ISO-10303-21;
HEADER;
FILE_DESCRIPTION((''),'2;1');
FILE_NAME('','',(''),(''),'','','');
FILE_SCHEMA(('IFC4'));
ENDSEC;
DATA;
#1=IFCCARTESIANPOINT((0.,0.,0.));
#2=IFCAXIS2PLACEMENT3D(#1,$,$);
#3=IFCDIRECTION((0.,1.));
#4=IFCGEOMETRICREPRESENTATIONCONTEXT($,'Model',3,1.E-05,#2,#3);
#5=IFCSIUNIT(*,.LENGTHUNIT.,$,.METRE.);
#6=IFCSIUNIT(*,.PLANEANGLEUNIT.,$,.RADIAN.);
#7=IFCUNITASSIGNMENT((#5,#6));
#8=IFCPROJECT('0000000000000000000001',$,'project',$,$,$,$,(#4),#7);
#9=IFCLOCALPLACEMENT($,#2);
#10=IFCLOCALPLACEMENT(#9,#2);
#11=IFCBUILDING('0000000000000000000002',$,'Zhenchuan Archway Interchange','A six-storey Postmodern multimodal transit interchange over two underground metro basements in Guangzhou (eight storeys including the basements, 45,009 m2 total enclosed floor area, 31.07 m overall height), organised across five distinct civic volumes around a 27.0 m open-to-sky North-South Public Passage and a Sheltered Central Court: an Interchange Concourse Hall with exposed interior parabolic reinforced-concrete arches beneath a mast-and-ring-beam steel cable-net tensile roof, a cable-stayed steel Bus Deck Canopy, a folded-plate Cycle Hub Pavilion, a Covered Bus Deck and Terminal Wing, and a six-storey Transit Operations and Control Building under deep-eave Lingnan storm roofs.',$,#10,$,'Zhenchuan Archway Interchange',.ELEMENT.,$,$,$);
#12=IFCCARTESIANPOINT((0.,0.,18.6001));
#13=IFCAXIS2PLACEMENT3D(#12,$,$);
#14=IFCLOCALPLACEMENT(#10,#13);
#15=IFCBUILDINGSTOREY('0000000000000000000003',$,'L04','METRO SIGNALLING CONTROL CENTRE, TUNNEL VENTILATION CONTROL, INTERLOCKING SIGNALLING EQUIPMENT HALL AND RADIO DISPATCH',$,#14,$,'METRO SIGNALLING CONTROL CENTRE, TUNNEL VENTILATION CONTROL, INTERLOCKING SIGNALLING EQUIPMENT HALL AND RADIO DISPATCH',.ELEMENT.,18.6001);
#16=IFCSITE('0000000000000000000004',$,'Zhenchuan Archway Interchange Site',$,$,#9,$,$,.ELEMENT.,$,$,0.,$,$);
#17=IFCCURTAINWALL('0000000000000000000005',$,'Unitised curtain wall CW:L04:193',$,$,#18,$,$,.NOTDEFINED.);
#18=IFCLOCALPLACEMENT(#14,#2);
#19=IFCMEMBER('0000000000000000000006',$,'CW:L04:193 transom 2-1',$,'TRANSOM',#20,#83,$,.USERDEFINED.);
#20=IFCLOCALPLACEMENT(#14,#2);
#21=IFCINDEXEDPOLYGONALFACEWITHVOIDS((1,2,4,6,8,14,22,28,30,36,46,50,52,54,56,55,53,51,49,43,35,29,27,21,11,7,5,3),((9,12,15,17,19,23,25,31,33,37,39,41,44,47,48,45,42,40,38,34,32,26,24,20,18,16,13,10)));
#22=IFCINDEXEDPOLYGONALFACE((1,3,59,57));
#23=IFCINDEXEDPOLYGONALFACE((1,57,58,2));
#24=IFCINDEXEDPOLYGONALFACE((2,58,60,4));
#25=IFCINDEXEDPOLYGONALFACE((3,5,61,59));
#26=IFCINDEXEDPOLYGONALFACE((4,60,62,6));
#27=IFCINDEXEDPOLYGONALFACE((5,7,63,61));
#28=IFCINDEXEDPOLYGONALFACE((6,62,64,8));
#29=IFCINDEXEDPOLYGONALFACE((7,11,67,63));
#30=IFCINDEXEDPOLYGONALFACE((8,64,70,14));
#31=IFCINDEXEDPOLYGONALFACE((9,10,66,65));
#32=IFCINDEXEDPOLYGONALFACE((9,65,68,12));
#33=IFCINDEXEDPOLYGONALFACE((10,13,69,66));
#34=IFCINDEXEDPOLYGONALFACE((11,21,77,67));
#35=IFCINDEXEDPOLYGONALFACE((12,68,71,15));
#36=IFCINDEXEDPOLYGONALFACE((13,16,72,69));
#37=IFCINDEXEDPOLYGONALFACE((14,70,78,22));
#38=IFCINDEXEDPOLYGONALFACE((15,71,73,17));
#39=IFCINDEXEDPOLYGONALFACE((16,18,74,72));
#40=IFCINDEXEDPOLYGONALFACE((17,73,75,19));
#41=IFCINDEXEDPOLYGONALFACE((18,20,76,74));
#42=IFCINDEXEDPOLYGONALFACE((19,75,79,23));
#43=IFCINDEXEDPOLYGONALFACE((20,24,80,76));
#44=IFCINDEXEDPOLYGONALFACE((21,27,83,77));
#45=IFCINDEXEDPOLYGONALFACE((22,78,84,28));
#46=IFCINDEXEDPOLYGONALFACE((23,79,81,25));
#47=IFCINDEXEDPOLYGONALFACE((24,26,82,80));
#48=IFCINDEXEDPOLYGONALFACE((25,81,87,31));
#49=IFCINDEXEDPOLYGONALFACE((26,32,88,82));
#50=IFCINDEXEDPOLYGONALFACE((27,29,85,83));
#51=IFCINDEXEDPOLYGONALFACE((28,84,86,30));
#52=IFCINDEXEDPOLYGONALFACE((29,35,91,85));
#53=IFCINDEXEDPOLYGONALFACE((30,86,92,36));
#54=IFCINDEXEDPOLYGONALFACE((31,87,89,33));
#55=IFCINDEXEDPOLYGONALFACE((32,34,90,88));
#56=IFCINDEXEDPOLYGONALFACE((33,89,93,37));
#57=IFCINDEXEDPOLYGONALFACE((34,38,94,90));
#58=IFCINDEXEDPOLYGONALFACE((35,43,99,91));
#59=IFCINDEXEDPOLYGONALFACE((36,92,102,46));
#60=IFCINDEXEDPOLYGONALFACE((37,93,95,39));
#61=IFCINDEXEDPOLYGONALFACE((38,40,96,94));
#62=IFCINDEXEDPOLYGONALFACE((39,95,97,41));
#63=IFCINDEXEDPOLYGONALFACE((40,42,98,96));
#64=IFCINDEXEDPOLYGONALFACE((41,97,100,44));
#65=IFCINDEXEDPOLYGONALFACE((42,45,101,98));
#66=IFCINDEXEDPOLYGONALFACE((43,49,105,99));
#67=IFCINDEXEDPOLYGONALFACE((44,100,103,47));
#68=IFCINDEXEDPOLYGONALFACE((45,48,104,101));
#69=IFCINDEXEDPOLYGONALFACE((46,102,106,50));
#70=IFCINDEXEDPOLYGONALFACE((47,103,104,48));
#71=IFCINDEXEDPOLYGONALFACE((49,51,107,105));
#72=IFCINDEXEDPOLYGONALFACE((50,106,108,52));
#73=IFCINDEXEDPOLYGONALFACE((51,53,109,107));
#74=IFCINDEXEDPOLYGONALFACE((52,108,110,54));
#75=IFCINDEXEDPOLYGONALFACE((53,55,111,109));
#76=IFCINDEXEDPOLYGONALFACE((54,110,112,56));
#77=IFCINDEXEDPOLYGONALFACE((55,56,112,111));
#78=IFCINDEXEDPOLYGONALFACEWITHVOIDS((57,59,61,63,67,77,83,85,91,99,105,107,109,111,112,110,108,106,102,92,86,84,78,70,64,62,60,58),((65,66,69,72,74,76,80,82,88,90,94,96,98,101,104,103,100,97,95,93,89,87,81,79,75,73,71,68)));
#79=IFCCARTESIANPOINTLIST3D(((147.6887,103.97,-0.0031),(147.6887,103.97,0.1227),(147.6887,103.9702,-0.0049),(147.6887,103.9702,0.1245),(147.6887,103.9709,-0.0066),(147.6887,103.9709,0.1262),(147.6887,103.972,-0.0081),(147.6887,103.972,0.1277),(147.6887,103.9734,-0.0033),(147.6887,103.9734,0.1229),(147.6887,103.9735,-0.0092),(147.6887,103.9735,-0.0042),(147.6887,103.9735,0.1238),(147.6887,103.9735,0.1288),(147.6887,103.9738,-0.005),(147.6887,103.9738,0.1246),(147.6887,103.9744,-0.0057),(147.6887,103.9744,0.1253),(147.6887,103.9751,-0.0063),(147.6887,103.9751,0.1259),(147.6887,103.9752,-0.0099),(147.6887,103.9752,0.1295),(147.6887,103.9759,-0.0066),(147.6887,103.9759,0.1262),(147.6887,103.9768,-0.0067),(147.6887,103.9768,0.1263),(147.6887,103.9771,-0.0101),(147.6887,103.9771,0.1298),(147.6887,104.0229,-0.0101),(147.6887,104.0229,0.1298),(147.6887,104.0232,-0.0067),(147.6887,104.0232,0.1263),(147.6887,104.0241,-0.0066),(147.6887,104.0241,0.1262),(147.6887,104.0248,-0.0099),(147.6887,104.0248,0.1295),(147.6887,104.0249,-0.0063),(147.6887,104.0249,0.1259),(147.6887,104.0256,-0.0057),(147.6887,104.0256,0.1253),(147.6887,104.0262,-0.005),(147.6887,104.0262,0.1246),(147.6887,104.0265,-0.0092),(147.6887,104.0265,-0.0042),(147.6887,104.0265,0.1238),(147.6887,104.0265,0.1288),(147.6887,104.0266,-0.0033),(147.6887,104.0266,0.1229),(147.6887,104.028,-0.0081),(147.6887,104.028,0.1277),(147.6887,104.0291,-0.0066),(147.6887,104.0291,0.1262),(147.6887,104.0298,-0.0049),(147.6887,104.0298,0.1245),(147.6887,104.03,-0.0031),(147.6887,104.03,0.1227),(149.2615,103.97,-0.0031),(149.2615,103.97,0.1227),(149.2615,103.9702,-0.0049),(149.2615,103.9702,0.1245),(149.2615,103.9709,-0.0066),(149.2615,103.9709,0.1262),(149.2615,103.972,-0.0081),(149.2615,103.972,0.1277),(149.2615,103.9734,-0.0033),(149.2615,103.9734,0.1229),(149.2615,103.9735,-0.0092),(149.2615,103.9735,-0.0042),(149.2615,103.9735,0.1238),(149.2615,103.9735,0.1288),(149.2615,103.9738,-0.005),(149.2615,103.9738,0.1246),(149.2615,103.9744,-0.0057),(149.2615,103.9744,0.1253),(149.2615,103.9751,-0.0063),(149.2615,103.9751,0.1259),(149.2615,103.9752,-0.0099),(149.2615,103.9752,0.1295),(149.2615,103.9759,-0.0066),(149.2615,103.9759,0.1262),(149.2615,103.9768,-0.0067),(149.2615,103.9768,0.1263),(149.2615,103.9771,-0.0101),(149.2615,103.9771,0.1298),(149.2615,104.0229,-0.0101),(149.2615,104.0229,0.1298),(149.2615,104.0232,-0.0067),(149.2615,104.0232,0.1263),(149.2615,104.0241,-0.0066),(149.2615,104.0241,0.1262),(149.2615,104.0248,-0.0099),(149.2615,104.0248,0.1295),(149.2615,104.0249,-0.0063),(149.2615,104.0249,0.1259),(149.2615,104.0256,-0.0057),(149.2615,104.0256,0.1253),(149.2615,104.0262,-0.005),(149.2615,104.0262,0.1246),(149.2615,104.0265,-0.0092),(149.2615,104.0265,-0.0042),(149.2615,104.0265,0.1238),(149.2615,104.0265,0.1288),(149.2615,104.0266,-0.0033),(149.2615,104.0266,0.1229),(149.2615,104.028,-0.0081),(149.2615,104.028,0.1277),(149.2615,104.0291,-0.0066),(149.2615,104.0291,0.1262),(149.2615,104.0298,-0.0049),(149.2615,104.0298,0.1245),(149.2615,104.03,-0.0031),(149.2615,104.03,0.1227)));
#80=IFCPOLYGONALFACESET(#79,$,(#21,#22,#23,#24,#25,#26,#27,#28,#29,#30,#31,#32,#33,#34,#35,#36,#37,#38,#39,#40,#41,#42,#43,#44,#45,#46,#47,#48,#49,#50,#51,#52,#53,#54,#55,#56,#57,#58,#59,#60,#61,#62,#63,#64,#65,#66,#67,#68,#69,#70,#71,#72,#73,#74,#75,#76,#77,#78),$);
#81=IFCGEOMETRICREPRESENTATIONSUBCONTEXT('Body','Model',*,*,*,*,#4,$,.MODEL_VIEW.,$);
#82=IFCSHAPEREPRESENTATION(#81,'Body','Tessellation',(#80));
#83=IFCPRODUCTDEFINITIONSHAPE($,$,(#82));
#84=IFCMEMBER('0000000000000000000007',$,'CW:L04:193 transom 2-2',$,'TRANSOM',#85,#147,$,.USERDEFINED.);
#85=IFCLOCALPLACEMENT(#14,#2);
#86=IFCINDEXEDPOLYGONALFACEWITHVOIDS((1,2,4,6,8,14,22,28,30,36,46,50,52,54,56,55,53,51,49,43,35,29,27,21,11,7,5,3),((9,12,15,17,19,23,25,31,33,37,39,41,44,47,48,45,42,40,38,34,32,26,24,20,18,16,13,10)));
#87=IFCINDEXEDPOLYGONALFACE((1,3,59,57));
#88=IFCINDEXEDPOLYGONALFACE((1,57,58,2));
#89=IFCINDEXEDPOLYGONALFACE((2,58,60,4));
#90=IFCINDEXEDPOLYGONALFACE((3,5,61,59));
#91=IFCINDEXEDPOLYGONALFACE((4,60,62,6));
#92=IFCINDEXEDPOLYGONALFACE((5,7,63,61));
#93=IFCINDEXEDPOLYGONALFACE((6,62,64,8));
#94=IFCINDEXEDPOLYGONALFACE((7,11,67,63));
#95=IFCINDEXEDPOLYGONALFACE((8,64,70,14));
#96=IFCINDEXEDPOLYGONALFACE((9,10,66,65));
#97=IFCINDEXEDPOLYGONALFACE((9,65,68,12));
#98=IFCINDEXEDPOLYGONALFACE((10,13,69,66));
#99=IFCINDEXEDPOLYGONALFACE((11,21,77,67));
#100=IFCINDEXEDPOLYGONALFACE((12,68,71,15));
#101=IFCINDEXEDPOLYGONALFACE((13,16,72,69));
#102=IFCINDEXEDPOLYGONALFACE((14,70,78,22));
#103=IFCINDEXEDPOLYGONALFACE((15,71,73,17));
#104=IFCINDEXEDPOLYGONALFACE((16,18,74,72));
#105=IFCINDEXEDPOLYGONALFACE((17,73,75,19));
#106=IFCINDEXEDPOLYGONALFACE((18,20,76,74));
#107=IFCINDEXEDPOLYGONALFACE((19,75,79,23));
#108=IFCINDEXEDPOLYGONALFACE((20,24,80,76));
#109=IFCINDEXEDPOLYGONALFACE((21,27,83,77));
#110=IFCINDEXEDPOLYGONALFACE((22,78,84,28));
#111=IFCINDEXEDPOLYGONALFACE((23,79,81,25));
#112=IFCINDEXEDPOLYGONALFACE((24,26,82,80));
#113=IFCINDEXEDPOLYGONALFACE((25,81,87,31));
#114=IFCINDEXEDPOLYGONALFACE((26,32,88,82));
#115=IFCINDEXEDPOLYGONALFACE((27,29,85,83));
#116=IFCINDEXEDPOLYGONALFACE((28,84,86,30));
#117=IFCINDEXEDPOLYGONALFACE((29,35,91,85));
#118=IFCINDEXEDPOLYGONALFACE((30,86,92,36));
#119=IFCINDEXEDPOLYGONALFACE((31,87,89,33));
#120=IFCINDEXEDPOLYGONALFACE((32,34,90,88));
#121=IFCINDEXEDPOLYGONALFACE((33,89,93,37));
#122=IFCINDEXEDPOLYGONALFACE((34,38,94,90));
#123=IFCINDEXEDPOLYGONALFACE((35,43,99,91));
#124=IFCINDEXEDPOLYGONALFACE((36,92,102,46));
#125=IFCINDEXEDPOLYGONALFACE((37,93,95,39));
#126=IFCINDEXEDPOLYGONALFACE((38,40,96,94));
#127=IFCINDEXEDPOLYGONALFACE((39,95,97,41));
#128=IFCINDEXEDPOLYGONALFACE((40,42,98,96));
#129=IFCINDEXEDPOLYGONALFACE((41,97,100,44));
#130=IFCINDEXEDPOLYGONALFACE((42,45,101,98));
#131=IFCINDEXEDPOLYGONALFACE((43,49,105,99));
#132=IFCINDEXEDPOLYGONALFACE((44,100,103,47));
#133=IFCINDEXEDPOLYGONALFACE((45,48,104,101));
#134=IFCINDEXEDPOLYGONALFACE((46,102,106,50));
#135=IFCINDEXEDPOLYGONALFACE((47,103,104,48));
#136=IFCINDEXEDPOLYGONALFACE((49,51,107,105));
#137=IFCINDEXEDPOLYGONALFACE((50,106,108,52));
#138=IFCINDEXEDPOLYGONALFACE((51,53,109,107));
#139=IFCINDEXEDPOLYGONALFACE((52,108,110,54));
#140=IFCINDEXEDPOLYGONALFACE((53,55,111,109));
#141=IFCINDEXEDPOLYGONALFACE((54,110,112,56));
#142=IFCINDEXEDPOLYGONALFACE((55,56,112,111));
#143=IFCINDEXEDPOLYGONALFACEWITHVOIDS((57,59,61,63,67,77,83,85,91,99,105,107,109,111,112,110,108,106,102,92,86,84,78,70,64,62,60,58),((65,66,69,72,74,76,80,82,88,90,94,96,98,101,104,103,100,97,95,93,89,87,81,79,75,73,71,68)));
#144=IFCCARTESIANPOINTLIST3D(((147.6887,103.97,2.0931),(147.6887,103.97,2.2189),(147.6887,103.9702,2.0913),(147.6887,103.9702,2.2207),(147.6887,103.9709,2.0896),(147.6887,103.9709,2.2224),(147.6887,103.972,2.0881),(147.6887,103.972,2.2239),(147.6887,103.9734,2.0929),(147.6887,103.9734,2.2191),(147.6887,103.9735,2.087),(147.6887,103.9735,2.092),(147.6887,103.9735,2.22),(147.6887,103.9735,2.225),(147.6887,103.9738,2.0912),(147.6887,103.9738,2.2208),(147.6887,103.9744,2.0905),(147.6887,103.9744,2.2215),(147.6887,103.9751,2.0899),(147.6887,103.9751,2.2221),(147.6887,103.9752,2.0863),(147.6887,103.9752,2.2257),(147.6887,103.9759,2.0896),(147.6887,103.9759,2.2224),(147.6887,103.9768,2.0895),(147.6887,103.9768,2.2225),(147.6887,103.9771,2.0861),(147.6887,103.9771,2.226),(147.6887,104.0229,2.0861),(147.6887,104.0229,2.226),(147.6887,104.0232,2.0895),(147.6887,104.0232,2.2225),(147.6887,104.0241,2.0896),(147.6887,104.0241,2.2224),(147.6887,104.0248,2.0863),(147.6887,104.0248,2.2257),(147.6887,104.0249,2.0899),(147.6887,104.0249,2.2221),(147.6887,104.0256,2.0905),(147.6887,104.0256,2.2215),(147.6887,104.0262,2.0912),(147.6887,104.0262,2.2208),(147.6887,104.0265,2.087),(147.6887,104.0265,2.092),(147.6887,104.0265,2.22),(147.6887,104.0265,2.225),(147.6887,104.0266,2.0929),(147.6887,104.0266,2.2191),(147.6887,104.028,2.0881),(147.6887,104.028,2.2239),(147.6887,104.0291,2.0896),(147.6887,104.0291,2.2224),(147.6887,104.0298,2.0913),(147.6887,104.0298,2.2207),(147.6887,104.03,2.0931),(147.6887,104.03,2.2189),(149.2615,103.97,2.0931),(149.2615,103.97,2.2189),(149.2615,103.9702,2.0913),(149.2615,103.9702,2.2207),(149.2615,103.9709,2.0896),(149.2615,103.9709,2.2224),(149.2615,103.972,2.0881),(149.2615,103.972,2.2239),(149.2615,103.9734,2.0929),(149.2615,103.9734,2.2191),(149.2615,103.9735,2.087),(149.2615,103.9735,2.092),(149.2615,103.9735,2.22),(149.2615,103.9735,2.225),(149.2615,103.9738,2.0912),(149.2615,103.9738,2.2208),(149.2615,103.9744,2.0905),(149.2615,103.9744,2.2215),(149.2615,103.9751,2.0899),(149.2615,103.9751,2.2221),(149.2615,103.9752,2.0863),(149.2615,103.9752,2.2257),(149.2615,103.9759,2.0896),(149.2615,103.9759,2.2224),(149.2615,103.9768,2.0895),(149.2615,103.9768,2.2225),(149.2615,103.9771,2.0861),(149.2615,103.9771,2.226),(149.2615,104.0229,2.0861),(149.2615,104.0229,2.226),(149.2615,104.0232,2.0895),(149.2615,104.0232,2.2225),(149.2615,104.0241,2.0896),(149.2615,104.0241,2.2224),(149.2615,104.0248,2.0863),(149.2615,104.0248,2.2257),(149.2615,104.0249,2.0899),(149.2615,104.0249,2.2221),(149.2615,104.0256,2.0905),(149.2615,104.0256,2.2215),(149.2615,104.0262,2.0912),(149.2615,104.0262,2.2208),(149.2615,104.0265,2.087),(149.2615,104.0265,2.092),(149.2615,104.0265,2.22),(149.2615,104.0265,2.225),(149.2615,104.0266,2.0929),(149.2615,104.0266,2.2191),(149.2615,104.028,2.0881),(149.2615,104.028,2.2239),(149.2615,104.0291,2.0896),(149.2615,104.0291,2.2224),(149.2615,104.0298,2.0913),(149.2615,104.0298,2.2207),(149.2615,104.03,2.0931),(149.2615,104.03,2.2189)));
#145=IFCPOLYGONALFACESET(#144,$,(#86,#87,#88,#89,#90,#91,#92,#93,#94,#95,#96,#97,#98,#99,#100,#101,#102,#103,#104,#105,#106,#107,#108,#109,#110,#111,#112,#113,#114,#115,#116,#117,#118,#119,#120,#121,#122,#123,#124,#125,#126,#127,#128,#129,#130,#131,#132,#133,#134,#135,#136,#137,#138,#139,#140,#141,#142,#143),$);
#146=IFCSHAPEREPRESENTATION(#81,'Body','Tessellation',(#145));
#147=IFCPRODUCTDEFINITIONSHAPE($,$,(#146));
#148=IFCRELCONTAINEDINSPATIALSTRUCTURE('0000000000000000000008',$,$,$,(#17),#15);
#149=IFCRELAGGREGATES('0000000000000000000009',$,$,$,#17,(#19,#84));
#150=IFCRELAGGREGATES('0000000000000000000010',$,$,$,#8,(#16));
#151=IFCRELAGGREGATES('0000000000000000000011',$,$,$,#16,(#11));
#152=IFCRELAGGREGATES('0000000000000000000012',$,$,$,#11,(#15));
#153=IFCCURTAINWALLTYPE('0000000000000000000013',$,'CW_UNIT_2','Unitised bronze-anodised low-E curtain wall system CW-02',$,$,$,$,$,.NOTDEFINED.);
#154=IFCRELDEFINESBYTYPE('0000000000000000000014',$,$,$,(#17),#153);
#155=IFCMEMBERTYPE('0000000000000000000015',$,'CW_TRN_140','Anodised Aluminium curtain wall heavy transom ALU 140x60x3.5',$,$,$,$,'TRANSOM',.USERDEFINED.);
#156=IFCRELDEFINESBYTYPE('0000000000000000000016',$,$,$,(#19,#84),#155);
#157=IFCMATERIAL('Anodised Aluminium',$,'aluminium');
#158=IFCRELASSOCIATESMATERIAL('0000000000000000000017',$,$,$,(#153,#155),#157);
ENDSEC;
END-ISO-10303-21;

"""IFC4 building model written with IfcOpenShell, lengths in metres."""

from ifc_helpers import new_model, si_unit, direction, frame, origin, origin_2d, place, context, subcontext, project, spatial, hollow_rectangle, extrude, material, material_profile, profile_set, type_object, element, aggregate, save


model = new_model("IFC4")

# Units and contexts
model_context = context("Model", 3, precision=1e-05, world=origin(), true_north=direction((0.0, 1.0)))
body_context = subcontext(model_context, "Body", "Model", "MODEL_VIEW")
ifc_project = project(units=[si_unit("LENGTHUNIT", "METRE"), si_unit("PLANEANGLEUNIT", "RADIAN")], contexts=[model_context])

# Site, building, storey
site_placement = place(None, origin())
site = spatial("IfcSite", under=ifc_project, at=site_placement, Name="Zhenchuan Archway Interchange Site", CompositionType="ELEMENT", RefElevation=0.0)
building_placement = place(site_placement, origin())
building = spatial("IfcBuilding", under=site, at=building_placement, Name="Zhenchuan Archway Interchange", Description="A six-storey Postmodern multimodal transit interchange over two underground metro basements in Guangzhou (eight storeys including the basements, 45,009 m2 total enclosed floor area, 31.07 m overall height), organised across five distinct civic volumes around a 27.0 m open-to-sky North-South Public Passage and a Sheltered Central Court: an Interchange Concourse Hall with exposed interior parabolic reinforced-concrete arches beneath a mast-and-ring-beam steel cable-net tensile roof, a cable-stayed steel Bus Deck Canopy, a folded-plate Cycle Hub Pavilion, a Covered Bus Deck and Terminal Wing, and a six-storey Transit Operations and Control Building under deep-eave Lingnan storm roofs.", LongName="Zhenchuan Archway Interchange", CompositionType="ELEMENT")
storey_placement = place(building_placement, frame((0.0, 0.0, 18.6001)))
storey = spatial("IfcBuildingStorey", under=building, at=storey_placement, Name="L04", Description="METRO SIGNALLING CONTROL CENTRE, TUNNEL VENTILATION CONTROL, INTERLOCKING SIGNALLING EQUIPMENT HALL AND RADIO DISPATCH", LongName="METRO SIGNALLING CONTROL CENTRE, TUNNEL VENTILATION CONTROL, INTERLOCKING SIGNALLING EQUIPMENT HALL AND RADIO DISPATCH", CompositionType="ELEMENT", Elevation=18.6001)

# Curtain wall, members
ifc_material_1 = material(Name="Anodised Aluminium", Category="aluminium")
curtain_wall_type = type_object("IfcCurtainWallType", Name="CW_UNIT_2", Description="Unitised bronze-anodised low-E curtain wall system CW-02", PredefinedType="NOTDEFINED", material=ifc_material_1)
curtain_wall_placement = place(storey_placement, origin())
curtain_wall = element("IfcCurtainWall", 1, at=curtain_wall_placement, inside=storey, type_object=curtain_wall_type, Name="Unitised curtain wall CW:L04:193", PredefinedType="NOTDEFINED")
ifc_material_profile_1 = material_profile(ifc_material_1, hollow_rectangle(XDim=0.0601, YDim=0.1399, WallThickness=0.0034, InnerFilletRadius=0.0034, OuterFilletRadius=0.0071, at=origin_2d()), Name="ALU 140x60x3.5")
ifc_profile_set_1 = profile_set([ifc_material_profile_1], Name="Anodised Aluminium")
member_type_1 = type_object("IfcMemberType", Name="CW_TRN_140", Description="Anodised Aluminium curtain wall heavy transom ALU 140x60x3.5", ElementType="TRANSOM", PredefinedType="USERDEFINED", material=ifc_profile_set_1)
member_1_placement = place(storey_placement, frame((147.6887, 104.0, 0.0598), z_axis=(1.0, 0.0, 0.0), x_axis=(0.0, 1.0, 0.0)))
member_1 = element("IfcMember", 2, at=member_1_placement, type_object=member_type_1, Name="CW:L04:193 transom 2-1", ObjectType="TRANSOM", PredefinedType="USERDEFINED", context=body_context, shape_type="SweptSolid", body=[
    extrude(hollow_rectangle(XDim=0.0601, YDim=0.1399, WallThickness=0.0034, InnerFilletRadius=0.0034, OuterFilletRadius=0.0071, at=origin_2d()), origin(), (0.0, 0.0, 1.0), 1.5728),
])
member_2_placement = place(storey_placement, frame((147.6887, 104.0, 2.156), z_axis=(1.0, 0.0, 0.0), x_axis=(0.0, 1.0, 0.0)))
member_2 = element("IfcMember", 3, at=member_2_placement, type_object=member_type_1, Name="CW:L04:193 transom 2-2", ObjectType="TRANSOM", PredefinedType="USERDEFINED", context=body_context, shape_type="SweptSolid", body=[
    extrude(hollow_rectangle(XDim=0.0601, YDim=0.1399, WallThickness=0.0034, InnerFilletRadius=0.0034, OuterFilletRadius=0.0071, at=origin_2d()), origin(), (0.0, 0.0, 1.0), 1.5728),
])
aggregate(curtain_wall, [member_1, member_2])

save(model, "model.ifc")
